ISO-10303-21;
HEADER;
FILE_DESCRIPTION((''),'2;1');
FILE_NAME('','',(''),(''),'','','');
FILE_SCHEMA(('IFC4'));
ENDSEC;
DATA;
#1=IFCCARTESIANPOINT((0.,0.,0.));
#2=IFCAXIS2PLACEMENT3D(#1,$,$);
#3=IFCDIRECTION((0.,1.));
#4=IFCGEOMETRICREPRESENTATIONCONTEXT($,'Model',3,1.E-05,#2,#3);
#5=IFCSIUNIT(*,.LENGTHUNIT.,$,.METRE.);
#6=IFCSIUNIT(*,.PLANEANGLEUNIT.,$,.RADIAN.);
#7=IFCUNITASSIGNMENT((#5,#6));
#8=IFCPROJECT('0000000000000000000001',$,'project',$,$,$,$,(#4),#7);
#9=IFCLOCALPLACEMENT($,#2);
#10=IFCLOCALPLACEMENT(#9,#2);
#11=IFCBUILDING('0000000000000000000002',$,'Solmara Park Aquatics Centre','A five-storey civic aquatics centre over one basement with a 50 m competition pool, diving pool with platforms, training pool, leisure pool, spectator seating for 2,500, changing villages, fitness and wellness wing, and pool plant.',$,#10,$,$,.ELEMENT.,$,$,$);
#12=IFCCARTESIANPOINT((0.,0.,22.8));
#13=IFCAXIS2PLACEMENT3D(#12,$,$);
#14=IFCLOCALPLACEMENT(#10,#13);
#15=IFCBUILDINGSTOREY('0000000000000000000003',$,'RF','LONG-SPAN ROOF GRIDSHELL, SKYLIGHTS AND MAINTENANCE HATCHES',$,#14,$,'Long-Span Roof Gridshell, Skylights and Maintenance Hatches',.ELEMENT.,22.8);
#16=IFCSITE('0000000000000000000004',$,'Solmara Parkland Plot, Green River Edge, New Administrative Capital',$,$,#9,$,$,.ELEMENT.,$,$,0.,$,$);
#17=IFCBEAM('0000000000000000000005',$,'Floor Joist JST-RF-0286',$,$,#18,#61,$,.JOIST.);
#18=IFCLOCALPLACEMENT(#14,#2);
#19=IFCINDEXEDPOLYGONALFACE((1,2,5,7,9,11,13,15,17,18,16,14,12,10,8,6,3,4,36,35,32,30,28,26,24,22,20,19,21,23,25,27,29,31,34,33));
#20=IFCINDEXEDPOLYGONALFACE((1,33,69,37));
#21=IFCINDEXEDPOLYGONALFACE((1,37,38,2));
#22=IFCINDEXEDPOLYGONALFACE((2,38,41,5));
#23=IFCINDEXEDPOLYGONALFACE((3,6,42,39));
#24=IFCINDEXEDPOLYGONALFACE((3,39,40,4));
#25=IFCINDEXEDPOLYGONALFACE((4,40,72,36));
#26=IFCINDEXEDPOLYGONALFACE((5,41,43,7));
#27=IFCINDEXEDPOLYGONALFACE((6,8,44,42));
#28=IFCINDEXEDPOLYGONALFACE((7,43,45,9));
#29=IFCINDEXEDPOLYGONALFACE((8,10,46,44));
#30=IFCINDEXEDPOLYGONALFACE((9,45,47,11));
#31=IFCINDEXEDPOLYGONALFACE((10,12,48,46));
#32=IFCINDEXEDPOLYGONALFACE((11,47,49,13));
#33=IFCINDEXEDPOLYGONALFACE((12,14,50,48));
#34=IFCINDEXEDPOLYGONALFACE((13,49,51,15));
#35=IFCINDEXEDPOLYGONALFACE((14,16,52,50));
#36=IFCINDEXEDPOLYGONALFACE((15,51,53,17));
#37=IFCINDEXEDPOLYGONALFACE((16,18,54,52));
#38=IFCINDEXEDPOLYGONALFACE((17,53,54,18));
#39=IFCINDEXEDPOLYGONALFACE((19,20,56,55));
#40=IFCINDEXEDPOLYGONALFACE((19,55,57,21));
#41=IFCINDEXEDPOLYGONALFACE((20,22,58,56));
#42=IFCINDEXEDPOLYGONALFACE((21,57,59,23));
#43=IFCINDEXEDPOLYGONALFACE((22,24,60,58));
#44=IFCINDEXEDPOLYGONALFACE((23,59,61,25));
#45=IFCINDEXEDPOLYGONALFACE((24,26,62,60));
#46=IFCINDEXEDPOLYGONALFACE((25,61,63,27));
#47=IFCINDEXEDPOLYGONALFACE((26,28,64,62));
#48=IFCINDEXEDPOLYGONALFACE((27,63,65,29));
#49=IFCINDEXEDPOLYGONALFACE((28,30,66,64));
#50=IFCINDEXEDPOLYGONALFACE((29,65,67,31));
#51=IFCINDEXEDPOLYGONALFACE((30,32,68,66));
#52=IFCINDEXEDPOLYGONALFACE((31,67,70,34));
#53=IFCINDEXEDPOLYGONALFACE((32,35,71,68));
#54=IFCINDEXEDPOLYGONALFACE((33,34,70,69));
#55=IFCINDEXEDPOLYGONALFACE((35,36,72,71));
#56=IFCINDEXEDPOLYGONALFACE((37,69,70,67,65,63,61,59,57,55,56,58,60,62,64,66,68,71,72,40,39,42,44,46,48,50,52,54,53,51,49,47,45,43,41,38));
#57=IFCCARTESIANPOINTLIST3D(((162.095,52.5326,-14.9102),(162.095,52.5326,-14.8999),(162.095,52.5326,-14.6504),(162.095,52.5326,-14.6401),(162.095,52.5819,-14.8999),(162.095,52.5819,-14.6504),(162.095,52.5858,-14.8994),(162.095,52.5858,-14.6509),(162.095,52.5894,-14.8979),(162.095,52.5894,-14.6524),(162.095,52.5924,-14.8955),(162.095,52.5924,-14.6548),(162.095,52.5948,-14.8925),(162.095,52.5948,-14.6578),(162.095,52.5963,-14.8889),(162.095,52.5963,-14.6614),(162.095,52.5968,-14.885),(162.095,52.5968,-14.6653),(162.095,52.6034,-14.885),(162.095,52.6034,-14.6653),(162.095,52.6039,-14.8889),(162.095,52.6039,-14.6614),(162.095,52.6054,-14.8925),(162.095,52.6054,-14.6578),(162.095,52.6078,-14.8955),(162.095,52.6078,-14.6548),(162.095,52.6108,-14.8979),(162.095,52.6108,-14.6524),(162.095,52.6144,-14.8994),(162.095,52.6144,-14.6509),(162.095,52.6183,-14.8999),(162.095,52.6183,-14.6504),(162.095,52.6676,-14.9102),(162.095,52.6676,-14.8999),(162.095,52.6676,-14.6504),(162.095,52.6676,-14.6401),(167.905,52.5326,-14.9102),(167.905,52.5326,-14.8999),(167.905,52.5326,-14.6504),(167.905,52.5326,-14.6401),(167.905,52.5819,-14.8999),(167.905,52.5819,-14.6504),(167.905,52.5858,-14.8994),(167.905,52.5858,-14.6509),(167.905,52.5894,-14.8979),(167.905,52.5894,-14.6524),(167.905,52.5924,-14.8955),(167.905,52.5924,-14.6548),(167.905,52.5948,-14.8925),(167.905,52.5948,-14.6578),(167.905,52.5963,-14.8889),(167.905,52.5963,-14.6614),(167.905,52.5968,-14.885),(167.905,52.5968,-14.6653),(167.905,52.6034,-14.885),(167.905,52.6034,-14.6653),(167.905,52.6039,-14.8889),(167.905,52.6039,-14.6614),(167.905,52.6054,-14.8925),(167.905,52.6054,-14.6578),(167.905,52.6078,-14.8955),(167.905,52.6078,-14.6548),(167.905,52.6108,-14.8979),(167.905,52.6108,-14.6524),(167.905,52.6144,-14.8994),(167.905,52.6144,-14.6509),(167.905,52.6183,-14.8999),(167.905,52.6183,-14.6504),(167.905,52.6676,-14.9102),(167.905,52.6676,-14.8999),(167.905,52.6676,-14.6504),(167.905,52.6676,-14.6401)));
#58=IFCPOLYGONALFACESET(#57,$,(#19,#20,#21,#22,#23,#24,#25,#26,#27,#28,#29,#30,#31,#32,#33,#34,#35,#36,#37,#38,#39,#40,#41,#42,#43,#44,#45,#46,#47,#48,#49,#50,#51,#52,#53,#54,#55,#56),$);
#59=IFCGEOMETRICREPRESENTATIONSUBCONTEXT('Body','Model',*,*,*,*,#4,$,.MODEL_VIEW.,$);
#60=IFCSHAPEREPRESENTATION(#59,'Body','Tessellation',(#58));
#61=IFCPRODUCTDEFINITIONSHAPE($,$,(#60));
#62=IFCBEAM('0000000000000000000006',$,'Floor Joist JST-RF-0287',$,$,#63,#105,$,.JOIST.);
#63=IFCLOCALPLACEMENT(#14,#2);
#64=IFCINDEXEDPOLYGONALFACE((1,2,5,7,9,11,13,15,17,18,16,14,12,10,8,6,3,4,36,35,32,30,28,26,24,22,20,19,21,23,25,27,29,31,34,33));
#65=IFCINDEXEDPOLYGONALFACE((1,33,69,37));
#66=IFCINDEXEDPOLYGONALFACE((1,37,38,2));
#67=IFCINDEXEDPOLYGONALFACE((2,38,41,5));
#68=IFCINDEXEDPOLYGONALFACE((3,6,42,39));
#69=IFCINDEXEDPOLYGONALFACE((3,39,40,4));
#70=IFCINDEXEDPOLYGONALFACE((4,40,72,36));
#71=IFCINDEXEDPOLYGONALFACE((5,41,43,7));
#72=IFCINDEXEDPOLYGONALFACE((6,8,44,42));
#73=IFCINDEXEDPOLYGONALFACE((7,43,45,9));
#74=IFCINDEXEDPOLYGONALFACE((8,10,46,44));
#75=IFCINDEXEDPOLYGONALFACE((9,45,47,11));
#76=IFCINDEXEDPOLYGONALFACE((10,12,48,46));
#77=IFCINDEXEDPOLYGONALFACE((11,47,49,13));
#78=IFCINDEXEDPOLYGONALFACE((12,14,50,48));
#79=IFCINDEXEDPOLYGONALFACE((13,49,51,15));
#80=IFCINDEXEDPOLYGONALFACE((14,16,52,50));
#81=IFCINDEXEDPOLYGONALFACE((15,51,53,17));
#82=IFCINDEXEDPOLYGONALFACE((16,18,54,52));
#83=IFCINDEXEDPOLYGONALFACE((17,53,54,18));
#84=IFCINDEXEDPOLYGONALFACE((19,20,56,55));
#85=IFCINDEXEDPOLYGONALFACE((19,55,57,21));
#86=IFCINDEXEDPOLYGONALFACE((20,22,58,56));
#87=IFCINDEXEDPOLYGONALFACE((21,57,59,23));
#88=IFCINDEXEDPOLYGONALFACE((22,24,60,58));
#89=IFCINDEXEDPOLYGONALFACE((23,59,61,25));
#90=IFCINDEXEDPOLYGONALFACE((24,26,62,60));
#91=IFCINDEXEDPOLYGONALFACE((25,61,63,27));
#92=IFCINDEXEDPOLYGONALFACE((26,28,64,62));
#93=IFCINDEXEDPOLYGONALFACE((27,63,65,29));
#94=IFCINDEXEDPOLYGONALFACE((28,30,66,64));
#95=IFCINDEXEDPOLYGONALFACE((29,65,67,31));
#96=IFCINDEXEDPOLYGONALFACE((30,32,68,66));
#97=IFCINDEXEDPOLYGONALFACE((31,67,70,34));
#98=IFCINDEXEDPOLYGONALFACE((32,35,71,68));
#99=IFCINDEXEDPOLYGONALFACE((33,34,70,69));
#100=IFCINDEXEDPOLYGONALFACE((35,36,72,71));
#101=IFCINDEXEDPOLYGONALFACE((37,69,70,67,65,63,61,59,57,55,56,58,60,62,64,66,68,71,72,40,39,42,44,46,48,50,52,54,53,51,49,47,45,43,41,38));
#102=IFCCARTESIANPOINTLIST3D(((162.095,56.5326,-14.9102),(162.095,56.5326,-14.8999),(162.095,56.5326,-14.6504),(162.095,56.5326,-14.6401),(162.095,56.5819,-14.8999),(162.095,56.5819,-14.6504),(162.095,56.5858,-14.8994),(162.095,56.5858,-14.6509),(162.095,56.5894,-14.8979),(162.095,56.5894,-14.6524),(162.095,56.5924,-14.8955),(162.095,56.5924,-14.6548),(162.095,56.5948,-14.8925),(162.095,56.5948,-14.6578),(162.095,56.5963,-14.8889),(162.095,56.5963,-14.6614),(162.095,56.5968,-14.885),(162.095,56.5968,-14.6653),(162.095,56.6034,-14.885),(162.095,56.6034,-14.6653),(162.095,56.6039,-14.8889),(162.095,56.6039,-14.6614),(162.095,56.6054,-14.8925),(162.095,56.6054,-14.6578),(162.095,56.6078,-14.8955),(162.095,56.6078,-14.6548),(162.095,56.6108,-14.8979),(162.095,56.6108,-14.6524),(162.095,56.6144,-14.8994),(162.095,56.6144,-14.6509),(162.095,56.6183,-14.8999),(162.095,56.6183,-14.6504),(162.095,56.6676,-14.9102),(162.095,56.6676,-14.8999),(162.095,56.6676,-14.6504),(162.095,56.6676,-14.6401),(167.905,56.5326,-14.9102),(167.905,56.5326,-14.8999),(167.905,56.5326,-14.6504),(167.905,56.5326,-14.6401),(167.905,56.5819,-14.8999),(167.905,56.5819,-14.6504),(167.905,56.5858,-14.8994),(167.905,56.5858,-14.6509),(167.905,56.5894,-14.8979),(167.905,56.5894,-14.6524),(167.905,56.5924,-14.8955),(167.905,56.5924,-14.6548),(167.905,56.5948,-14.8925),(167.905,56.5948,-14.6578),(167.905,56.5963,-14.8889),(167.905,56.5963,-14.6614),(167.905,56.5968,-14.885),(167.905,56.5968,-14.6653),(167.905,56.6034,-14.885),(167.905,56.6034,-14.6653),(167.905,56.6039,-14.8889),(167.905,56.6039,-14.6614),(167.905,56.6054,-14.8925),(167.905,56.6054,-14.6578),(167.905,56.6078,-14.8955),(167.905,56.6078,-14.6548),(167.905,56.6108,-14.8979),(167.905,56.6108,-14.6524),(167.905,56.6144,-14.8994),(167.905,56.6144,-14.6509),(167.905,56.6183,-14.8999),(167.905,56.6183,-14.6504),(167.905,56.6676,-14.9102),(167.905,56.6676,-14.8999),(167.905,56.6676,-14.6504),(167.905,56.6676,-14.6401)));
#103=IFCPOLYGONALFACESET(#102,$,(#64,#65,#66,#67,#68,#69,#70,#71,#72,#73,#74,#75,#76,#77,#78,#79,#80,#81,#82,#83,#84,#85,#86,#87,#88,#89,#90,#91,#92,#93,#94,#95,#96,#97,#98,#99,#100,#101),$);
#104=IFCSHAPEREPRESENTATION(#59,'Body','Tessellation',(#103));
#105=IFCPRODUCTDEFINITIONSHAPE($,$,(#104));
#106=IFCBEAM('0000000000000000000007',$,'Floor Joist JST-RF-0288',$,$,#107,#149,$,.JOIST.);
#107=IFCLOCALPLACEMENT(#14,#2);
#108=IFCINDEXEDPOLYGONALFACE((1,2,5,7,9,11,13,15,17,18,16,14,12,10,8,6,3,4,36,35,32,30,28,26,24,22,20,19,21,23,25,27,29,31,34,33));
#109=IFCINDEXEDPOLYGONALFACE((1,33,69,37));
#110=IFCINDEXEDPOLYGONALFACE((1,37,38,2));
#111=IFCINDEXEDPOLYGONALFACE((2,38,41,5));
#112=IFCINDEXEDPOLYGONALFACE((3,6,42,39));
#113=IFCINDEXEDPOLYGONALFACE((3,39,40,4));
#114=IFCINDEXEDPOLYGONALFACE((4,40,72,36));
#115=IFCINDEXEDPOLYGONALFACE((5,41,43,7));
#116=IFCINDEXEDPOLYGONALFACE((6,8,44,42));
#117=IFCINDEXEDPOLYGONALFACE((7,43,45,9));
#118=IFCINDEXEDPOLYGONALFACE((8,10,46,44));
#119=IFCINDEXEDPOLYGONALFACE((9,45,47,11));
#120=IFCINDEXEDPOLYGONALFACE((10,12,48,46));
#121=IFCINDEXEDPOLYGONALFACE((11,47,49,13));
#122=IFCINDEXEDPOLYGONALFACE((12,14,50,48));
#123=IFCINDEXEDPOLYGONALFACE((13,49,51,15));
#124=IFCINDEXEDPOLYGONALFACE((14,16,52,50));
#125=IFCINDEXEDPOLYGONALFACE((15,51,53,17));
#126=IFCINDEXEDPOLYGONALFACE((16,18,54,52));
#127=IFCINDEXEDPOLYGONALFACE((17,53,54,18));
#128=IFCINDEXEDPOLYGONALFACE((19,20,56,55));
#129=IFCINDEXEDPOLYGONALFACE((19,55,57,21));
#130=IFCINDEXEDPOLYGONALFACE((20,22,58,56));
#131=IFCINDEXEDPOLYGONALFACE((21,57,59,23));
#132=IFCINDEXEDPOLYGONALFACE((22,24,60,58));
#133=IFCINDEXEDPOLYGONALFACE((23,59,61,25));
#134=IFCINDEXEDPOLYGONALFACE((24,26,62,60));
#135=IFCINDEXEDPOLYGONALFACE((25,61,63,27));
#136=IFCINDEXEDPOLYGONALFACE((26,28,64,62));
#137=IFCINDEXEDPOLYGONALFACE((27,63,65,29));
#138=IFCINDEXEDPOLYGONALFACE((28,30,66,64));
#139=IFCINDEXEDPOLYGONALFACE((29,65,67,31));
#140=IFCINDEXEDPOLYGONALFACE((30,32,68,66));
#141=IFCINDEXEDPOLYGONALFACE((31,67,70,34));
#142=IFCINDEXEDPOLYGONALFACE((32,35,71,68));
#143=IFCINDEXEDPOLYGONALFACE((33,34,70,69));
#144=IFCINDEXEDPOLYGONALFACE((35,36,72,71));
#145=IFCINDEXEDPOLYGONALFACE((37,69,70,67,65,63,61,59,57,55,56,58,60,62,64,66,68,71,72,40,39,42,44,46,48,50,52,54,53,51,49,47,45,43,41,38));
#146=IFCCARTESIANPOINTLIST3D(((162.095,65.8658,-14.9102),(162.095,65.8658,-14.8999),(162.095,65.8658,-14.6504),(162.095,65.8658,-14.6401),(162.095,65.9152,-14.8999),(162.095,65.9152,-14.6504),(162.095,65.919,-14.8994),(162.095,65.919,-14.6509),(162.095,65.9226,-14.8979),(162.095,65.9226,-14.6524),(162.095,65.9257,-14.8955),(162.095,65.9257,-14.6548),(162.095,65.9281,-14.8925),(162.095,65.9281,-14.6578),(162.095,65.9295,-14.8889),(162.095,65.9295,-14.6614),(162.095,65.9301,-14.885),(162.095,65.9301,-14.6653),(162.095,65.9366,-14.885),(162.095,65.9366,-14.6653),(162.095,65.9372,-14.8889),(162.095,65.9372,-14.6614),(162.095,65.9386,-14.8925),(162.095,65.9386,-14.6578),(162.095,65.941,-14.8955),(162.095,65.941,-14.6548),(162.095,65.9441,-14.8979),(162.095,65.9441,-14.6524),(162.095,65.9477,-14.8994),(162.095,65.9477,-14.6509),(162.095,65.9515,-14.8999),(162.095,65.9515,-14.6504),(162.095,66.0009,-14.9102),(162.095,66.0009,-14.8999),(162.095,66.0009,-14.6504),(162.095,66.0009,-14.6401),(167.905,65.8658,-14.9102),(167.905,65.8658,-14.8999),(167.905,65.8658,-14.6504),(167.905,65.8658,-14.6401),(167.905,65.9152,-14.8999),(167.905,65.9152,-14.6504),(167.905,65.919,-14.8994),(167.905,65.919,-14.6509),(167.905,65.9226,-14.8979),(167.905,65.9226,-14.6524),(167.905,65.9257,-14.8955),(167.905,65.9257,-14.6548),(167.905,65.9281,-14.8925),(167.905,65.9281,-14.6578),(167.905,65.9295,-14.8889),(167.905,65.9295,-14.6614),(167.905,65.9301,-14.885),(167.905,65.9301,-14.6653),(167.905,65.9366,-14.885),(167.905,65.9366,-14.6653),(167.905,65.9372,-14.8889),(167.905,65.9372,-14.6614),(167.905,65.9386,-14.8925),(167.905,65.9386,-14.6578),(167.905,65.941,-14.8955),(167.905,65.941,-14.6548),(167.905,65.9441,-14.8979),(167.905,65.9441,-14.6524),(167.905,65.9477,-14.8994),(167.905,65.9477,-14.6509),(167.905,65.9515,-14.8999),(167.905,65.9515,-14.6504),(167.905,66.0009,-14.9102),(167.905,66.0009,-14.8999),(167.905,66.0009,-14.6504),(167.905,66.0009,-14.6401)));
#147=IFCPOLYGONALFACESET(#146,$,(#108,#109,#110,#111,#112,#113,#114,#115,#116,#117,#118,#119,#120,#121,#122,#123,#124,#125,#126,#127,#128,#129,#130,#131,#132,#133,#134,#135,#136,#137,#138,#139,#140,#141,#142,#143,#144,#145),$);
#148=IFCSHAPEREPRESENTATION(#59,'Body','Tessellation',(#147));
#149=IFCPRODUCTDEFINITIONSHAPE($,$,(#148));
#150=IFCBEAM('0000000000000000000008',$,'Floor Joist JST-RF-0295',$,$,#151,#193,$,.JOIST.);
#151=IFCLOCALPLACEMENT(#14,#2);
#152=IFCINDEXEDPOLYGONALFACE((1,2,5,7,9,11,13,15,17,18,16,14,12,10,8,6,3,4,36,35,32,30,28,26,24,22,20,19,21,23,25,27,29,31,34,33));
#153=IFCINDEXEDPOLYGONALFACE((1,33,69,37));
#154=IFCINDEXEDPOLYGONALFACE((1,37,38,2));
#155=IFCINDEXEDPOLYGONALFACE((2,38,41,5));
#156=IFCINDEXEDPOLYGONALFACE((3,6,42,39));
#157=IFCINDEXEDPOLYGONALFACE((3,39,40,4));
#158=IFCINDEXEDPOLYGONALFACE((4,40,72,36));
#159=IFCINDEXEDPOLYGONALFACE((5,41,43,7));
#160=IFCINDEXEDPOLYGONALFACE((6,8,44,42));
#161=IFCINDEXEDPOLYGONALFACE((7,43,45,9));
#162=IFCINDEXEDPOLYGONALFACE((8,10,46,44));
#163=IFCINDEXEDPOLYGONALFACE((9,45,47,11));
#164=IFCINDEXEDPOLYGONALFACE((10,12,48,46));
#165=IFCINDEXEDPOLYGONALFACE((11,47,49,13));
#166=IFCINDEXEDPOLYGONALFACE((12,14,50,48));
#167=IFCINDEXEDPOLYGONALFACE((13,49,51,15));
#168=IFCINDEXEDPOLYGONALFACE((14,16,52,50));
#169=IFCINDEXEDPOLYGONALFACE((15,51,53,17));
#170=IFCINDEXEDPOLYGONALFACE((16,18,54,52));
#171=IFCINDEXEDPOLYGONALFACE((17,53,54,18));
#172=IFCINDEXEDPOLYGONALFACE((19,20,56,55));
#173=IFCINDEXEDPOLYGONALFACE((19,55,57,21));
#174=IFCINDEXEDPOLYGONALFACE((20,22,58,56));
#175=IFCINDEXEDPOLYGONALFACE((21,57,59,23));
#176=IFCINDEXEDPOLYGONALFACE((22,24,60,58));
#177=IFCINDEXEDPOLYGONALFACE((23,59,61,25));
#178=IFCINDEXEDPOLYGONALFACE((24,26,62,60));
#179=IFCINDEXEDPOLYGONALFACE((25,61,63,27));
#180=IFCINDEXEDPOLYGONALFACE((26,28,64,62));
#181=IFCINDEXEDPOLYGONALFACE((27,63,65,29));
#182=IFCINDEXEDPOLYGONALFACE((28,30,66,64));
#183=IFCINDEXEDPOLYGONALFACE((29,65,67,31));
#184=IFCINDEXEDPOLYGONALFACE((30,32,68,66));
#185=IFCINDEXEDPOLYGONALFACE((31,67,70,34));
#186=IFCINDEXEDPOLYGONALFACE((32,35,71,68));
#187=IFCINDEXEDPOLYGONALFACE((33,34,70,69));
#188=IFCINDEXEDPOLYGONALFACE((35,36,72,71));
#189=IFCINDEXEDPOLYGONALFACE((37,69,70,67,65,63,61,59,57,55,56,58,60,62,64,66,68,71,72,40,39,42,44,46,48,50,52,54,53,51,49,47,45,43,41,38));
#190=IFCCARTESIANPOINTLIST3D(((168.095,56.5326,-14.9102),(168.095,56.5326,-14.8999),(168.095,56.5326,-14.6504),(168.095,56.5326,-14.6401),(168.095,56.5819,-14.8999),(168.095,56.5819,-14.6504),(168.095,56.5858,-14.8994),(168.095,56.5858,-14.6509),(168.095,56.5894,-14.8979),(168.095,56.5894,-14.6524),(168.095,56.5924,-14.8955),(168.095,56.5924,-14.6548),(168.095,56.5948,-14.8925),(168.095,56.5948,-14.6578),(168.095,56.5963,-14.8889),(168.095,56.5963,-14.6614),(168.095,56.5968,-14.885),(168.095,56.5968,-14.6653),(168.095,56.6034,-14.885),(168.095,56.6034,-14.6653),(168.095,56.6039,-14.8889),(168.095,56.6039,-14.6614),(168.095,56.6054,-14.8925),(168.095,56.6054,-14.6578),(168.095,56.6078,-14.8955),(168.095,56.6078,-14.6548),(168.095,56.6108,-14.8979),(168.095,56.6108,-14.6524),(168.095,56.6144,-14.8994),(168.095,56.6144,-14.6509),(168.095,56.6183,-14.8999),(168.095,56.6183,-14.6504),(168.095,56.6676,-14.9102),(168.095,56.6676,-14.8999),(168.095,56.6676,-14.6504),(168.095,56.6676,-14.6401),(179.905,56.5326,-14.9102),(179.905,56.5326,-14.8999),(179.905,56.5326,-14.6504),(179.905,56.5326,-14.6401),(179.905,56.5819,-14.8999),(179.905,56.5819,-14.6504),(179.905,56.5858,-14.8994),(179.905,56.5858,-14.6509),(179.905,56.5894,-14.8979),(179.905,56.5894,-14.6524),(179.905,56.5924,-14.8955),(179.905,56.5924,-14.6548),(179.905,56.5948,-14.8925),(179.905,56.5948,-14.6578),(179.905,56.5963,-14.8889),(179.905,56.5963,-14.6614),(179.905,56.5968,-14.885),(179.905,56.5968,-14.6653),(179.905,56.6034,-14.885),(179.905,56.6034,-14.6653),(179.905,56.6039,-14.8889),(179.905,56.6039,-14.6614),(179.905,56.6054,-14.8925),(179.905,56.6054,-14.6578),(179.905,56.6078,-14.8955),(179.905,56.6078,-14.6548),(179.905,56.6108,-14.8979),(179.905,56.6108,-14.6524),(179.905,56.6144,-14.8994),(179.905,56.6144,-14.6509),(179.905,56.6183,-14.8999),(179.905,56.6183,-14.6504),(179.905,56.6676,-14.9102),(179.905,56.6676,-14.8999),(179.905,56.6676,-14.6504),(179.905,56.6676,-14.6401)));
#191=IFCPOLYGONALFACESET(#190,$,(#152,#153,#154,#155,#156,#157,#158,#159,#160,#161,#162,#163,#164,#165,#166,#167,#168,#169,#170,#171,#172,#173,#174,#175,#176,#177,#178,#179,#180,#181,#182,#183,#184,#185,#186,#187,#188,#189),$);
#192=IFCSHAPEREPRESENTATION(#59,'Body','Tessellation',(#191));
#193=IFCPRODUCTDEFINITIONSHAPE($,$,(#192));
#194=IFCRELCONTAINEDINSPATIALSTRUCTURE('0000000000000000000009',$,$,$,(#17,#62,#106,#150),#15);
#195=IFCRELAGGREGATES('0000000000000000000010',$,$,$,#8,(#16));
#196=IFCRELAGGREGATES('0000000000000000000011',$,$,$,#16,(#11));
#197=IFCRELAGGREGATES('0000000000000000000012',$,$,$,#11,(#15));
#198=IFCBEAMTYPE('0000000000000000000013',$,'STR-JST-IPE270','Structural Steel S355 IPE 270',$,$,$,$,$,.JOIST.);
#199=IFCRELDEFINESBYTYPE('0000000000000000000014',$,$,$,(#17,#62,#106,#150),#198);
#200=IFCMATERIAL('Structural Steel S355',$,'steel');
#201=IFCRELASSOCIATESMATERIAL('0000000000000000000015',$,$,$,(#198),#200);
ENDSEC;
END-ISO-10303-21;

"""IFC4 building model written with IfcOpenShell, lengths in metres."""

from ifc_helpers import new_model, si_unit, direction, frame, origin, origin_2d, place, context, subcontext, project, spatial, i_section, extrude, material, material_profile, profile_set, type_object, element, save


model = new_model("IFC4")

# Units and contexts
model_context = context("Model", 3, precision=1e-05, world=origin(), true_north=direction((0.0, 1.0)))
body_context = subcontext(model_context, "Body", "Model", "MODEL_VIEW")
ifc_project = project(units=[si_unit("LENGTHUNIT", "METRE"), si_unit("PLANEANGLEUNIT", "RADIAN")], contexts=[model_context])

# Site, building, storey
site_placement = place(None, origin())
site = spatial("IfcSite", under=ifc_project, at=site_placement, Name="Solmara Parkland Plot, Green River Edge, New Administrative Capital", CompositionType="ELEMENT", RefElevation=0.0)
building_placement = place(site_placement, origin())
building = spatial("IfcBuilding", under=site, at=building_placement, Name="Solmara Park Aquatics Centre", Description="A five-storey civic aquatics centre over one basement with a 50 m competition pool, diving pool with platforms, training pool, leisure pool, spectator seating for 2,500, changing villages, fitness and wellness wing, and pool plant.", CompositionType="ELEMENT")
storey_placement = place(building_placement, frame((0.0, 0.0, 22.8)))
storey = spatial("IfcBuildingStorey", under=building, at=storey_placement, Name="RF", Description="LONG-SPAN ROOF GRIDSHELL, SKYLIGHTS AND MAINTENANCE HATCHES", LongName="Long-Span Roof Gridshell, Skylights and Maintenance Hatches", CompositionType="ELEMENT", Elevation=22.8)

# Shared definitions
ifc_material_1 = material(Name="Structural Steel S355", Category="steel")

# Beams
ifc_material_profile_1 = material_profile(ifc_material_1, i_section(OverallWidth=0.135, OverallDepth=0.27, WebThickness=0.0066, FlangeThickness=0.0103, FilletRadius=0.0149, at=origin_2d()), Name="IPE 270")
ifc_profile_set_1 = profile_set([ifc_material_profile_1], Name="Structural Steel S355")
beam_type_1 = type_object("IfcBeamType", Name="STR-JST-IPE270", Description="Structural Steel S355 IPE 270", PredefinedType="JOIST", material=ifc_profile_set_1)
for number, where, z_axis, x_axis, name in (
    (1, (162.095, 52.6001, -14.7751), (1.0, 0.0, 0.0), (0.0, 1.0, 0.0), "Floor Joist JST-RF-0286"),
    (2, (162.095, 56.6001, -14.7751), (1.0, 0.0, 0.0), (0.0, 1.0, 0.0), "Floor Joist JST-RF-0287"),
    (3, (162.095, 65.9333, -14.7751), (1.0, 0.0, 0.0), (0.0, 1.0, 0.0), "Floor Joist JST-RF-0288"),
):
    element("IfcBeam", number, at=place(storey_placement, frame(where, z_axis=z_axis, x_axis=x_axis)), inside=storey, type_object=beam_type_1, Name=name, PredefinedType="JOIST", context=body_context, shape_type="SweptSolid", body=[
        extrude(i_section(OverallWidth=0.135, OverallDepth=0.27, WebThickness=0.0066, FlangeThickness=0.0103, FilletRadius=0.0149, at=origin_2d()), origin(), (0.0, 0.0, 1.0), 5.8101),
    ])
for number, where, z_axis, x_axis, name in (
    (4, (168.095, 56.6001, -14.7751), (1.0, 0.0, 0.0), (0.0, 1.0, 0.0), "Floor Joist JST-RF-0295"),
):
    element("IfcBeam", number, at=place(storey_placement, frame(where, z_axis=z_axis, x_axis=x_axis)), inside=storey, type_object=beam_type_1, Name=name, PredefinedType="JOIST", context=body_context, shape_type="SweptSolid", body=[
        extrude(i_section(OverallWidth=0.135, OverallDepth=0.27, WebThickness=0.0066, FlangeThickness=0.0103, FilletRadius=0.0149, at=origin_2d()), origin(), (0.0, 0.0, 1.0), 11.8101),
    ])

save(model, "model.ifc")
